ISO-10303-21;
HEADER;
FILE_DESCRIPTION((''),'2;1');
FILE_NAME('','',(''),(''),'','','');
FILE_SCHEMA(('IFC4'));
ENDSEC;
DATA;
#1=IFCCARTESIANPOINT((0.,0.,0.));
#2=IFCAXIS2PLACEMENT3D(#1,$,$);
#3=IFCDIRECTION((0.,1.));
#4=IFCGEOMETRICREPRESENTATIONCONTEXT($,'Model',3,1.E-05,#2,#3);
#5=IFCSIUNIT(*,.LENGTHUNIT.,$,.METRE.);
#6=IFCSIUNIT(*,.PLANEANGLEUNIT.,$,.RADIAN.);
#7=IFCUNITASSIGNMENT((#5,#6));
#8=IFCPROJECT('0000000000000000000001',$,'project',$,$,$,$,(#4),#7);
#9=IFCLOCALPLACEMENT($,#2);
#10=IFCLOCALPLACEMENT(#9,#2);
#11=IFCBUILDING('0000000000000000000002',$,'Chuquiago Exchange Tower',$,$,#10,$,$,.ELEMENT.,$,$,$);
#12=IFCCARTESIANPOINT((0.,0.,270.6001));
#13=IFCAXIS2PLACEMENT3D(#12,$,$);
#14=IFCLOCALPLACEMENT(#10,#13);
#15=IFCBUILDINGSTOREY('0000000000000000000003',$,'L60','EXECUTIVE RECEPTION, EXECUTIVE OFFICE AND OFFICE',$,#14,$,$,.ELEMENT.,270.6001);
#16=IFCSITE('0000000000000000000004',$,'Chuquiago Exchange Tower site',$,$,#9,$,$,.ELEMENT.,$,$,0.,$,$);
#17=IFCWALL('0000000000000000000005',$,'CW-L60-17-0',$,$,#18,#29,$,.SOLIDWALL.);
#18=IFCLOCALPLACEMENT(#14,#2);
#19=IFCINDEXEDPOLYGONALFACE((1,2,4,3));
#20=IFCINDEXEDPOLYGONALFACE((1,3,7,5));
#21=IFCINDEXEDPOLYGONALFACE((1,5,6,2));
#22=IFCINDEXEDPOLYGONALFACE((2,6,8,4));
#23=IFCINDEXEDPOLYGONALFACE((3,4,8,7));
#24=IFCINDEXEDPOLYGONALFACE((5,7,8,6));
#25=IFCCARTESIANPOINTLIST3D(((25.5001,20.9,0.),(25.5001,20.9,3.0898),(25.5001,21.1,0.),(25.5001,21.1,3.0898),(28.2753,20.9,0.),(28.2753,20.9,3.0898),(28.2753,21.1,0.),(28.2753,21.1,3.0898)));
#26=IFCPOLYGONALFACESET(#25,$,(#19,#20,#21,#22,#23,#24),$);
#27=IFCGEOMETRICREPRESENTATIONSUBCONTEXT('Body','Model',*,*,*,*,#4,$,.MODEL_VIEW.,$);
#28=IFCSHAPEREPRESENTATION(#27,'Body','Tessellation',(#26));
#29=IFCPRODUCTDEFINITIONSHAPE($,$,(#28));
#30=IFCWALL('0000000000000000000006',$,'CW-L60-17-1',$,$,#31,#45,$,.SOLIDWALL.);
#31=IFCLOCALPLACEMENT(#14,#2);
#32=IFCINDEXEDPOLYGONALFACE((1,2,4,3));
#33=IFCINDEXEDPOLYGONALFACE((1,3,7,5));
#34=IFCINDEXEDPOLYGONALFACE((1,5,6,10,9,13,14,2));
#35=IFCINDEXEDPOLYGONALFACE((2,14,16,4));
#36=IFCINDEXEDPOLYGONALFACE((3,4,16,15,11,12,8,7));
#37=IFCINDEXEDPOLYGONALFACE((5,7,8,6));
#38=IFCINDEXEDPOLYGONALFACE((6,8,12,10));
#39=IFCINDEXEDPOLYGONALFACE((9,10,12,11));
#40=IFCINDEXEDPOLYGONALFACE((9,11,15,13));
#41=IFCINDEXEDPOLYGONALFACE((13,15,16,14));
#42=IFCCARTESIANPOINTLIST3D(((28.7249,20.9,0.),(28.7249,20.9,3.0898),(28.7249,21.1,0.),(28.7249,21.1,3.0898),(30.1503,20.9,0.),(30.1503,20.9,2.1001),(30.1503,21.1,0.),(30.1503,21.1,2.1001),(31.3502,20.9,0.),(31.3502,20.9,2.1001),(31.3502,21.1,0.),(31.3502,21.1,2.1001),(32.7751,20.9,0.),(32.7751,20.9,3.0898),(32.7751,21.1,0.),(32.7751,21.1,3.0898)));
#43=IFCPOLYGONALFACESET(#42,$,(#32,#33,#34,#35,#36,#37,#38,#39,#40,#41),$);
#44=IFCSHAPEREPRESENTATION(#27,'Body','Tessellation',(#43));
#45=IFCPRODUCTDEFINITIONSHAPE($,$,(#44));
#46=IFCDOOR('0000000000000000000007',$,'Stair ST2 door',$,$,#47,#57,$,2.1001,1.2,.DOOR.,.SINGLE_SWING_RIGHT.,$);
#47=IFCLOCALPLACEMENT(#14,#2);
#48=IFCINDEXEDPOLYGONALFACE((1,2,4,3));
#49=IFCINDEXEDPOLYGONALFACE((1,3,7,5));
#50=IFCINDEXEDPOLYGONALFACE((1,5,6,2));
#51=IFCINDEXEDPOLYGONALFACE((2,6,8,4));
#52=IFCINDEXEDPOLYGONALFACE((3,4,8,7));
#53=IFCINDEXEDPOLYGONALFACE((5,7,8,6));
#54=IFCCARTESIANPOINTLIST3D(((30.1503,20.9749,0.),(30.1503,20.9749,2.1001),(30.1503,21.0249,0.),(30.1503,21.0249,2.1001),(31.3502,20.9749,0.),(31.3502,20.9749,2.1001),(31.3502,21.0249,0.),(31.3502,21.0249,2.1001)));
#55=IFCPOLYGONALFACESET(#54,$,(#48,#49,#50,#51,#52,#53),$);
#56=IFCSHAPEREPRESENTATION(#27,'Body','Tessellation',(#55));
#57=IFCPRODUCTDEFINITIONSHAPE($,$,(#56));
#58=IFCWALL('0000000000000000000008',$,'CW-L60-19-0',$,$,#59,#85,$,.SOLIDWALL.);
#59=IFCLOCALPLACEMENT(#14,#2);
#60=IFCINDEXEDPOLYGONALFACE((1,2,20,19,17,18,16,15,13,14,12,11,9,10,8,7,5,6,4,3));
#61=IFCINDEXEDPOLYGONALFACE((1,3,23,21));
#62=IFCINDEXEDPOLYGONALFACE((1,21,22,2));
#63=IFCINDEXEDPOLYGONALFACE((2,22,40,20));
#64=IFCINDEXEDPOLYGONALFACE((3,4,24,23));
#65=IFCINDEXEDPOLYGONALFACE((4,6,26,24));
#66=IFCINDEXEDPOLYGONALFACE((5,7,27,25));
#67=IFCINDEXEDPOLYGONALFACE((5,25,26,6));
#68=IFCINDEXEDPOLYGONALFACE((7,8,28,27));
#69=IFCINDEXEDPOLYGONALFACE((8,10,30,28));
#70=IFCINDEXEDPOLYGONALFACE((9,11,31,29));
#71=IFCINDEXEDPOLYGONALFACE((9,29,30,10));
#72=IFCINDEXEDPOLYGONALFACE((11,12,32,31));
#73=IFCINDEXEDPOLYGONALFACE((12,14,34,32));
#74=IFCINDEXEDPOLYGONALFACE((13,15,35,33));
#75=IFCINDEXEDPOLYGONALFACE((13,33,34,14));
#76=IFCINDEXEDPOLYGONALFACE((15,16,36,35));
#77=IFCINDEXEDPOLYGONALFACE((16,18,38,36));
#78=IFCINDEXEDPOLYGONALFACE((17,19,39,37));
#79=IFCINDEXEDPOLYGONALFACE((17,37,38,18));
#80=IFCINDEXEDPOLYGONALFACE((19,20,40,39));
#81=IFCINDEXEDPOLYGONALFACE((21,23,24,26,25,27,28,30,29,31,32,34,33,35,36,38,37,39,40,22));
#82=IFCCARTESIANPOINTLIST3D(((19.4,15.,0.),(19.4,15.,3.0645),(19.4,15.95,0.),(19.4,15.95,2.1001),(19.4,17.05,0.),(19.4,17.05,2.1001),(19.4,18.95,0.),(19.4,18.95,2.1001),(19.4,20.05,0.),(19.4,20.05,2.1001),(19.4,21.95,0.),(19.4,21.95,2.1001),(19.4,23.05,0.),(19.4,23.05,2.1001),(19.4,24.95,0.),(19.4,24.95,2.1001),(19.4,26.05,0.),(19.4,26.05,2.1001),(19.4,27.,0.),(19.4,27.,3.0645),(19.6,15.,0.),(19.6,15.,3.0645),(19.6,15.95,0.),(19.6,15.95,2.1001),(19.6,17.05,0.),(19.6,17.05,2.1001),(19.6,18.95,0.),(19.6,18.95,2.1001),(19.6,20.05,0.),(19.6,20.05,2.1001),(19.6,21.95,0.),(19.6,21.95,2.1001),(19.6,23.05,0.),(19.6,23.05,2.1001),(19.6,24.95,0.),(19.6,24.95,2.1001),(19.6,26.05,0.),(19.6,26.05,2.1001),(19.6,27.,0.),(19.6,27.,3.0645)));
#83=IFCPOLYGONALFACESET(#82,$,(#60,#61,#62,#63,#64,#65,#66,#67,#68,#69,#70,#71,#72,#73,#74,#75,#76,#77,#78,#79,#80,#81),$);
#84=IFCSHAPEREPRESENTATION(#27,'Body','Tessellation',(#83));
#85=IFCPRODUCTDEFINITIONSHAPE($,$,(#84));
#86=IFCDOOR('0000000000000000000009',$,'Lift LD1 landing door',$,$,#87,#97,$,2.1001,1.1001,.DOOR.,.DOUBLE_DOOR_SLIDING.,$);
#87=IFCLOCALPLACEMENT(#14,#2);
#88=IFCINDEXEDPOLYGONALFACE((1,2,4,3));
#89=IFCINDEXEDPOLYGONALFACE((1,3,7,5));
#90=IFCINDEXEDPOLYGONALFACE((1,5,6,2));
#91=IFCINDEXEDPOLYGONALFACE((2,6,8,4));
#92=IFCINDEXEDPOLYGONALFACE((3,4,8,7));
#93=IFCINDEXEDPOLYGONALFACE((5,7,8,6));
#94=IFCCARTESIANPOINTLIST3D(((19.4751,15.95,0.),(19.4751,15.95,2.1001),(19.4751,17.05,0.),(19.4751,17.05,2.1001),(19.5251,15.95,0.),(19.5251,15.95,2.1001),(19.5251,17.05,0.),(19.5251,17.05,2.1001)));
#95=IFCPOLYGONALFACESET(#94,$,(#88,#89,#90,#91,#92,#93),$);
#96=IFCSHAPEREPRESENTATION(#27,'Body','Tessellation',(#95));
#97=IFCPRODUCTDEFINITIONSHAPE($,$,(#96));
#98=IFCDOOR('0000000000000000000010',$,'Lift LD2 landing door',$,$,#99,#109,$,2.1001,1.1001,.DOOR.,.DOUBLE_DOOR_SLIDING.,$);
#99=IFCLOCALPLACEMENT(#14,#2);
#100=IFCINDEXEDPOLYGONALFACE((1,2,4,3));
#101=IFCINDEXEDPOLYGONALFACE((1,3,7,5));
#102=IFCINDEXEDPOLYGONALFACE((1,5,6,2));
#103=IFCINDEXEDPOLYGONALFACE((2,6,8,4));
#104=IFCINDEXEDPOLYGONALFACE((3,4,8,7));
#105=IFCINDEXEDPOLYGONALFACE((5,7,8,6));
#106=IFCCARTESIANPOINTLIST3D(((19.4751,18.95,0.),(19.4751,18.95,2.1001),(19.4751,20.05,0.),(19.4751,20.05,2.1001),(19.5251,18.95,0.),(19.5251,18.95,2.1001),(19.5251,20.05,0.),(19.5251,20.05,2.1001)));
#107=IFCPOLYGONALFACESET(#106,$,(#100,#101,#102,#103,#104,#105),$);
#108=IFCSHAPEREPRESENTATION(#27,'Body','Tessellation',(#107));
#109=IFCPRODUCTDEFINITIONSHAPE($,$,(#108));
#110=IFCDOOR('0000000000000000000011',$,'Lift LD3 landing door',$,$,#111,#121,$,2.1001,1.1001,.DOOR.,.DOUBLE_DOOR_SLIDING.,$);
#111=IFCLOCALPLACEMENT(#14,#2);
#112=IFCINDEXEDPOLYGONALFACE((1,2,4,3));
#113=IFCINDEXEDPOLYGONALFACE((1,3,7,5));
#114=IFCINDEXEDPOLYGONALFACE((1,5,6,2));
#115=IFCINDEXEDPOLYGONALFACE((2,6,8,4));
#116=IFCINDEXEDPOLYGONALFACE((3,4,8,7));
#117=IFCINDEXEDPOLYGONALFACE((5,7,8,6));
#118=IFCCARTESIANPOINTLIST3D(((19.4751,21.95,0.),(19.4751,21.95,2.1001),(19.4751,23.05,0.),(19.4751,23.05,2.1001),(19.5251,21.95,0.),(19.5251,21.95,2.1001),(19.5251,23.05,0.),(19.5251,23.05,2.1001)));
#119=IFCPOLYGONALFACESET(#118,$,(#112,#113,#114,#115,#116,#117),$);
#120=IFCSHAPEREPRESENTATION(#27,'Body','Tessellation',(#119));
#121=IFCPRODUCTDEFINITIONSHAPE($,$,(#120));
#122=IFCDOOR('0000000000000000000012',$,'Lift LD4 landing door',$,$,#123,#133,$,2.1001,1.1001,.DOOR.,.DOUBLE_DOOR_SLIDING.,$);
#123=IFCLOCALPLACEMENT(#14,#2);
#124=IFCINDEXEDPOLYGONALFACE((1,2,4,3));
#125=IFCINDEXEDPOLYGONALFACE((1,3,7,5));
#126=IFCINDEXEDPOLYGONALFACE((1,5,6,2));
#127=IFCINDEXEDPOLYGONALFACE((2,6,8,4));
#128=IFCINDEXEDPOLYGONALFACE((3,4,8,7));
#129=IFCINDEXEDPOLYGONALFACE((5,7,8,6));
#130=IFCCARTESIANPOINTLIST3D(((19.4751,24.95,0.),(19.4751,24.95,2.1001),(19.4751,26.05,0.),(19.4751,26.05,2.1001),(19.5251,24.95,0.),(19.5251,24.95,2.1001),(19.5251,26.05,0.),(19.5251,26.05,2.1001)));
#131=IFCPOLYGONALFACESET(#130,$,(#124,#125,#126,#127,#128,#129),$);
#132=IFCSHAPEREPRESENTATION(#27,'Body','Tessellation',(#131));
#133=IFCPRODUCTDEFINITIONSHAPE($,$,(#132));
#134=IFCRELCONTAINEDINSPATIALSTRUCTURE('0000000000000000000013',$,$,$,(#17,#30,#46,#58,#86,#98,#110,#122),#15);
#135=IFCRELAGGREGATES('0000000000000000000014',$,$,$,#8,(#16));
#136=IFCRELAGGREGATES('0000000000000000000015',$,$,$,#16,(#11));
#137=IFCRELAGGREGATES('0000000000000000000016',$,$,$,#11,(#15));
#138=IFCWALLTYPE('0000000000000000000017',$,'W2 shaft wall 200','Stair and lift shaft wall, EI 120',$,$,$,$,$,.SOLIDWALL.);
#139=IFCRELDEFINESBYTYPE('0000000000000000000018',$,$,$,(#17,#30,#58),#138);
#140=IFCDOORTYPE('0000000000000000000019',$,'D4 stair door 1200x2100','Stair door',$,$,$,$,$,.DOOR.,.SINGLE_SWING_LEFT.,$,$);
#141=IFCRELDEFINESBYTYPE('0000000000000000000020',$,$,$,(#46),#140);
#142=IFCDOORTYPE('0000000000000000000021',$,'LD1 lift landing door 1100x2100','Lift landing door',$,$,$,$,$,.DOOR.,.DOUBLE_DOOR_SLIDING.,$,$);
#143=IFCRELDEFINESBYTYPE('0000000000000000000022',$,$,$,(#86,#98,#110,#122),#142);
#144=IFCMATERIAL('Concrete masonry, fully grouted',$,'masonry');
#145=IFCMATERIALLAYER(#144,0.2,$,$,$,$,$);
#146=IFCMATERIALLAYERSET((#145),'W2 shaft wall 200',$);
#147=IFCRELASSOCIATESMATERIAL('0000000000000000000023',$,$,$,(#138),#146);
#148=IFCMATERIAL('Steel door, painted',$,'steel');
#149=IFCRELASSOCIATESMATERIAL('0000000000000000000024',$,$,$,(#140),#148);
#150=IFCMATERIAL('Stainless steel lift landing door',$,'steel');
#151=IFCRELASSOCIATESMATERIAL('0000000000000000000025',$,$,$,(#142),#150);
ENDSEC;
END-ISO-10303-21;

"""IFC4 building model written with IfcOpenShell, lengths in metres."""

from ifc_helpers import new_model, si_unit, direction, frame, frame_2d, origin, place, context, subcontext, project, spatial, rectangle, extrude, material, layer, layer_set, type_object, element, fill, save


model = new_model("IFC4")

# Units and contexts
model_context = context("Model", 3, precision=1e-05, world=origin(), true_north=direction((0.0, 1.0)))
body_context = subcontext(model_context, "Body", "Model", "MODEL_VIEW")
ifc_project = project(units=[si_unit("LENGTHUNIT", "METRE"), si_unit("PLANEANGLEUNIT", "RADIAN")], contexts=[model_context])

# Site, building, storey
site_placement = place(None, origin())
site = spatial("IfcSite", under=ifc_project, at=site_placement, Name="Chuquiago Exchange Tower site", CompositionType="ELEMENT", RefElevation=0.0)
building_placement = place(site_placement, origin())
building = spatial("IfcBuilding", under=site, at=building_placement, Name="Chuquiago Exchange Tower", CompositionType="ELEMENT")
storey_placement = place(building_placement, frame((0.0, 0.0, 270.6001)))
storey = spatial("IfcBuildingStorey", under=building, at=storey_placement, Name="L60", Description="EXECUTIVE RECEPTION, EXECUTIVE OFFICE AND OFFICE", CompositionType="ELEMENT", Elevation=270.6001)

# Shared definitions
ifc_material_1 = material(Name="Concrete masonry, fully grouted", Category="masonry")
ifc_layer_1 = layer(ifc_material_1, 0.2)
ifc_layer_set_1 = layer_set([ifc_layer_1], Name="W2 shaft wall 200")
wall_type_1 = type_object("IfcWallType", Name="W2 shaft wall 200", Description="Stair and lift shaft wall, EI 120", PredefinedType="SOLIDWALL", material=ifc_layer_set_1)

# Wall
wall_1_placement = place(storey_placement, frame((25.5, 21.0, 0.0), z_axis=(0.0, 0.0, 1.0), x_axis=(1.0, 0.0, 0.0)))
element("IfcWall", 1, at=wall_1_placement, inside=storey, type_object=wall_type_1, Name="CW-L60-17-0", PredefinedType="SOLIDWALL", context=body_context, shape_type="SweptSolid", body=[
    extrude(rectangle(XDim=2.7751, YDim=0.2, at=frame_2d((1.3877, 0.0))), origin(), (0.0, 0.0, 1.0), 3.0898),
])

# Wall, opening, door
wall_2_placement = place(storey_placement, frame((28.7249, 21.0, 0.0), z_axis=(0.0, 0.0, 1.0), x_axis=(1.0, 0.0, 0.0)))
wall_2 = element("IfcWall", 2, at=wall_2_placement, inside=storey, type_object=wall_type_1, Name="CW-L60-17-1", PredefinedType="SOLIDWALL", context=body_context, shape_type="SweptSolid", body=[
    extrude(rectangle(XDim=4.0503, YDim=0.2, at=frame_2d((2.0251, 0.0))), origin(), (0.0, 0.0, 1.0), 3.0898),
])
opening_1_placement = place(wall_2_placement, frame((1.4253, 0.0, 0.0)))
opening_1 = element("IfcOpeningElement", 3, at=opening_1_placement, cuts=wall_2, PredefinedType="OPENING", context=body_context, shape_type="SweptSolid", body=[
    extrude(rectangle(XDim=1.2, YDim=2.1001, at=frame_2d((0.6001, 1.05))), frame((0.0, 0.1099, 0.0), z_axis=(0.0, -1.0, 0.0), x_axis=(1.0, 0.0, 0.0)), (0.0, 0.0, 1.0), 0.22),
])
ifc_material_2 = material(Name="Steel door, painted", Category="steel")
door_type_1 = type_object("IfcDoorType", Name="D4 stair door 1200x2100", Description="Stair door", OperationType="SINGLE_SWING_LEFT", PredefinedType="DOOR", material=ifc_material_2)
door_1_placement = place(opening_1_placement, origin())
door_1 = element("IfcDoor", 4, at=door_1_placement, inside=storey, type_object=door_type_1, Name="Stair ST2 door", OperationType="SINGLE_SWING_RIGHT", OverallHeight=2.1001, OverallWidth=1.2, PredefinedType="DOOR", context=body_context, shape_type="SweptSolid", body=[
    extrude(rectangle(XDim=1.2, YDim=2.1001, at=frame_2d((0.6001, 1.05))), frame((0.0, 0.0249, 0.0), z_axis=(0.0, -1.0, 0.0), x_axis=(1.0, 0.0, 0.0)), (0.0, 0.0, 1.0), 0.05),
])
fill(opening_1, door_1)

# Wall, openings, doors
wall_3_placement = place(storey_placement, frame((19.5, 15.0, 0.0), z_axis=(0.0, 0.0, 1.0), x_axis=(0.0, 1.0, 0.0)))
wall_3 = element("IfcWall", 5, at=wall_3_placement, inside=storey, type_object=wall_type_1, Name="CW-L60-19-0", PredefinedType="SOLIDWALL", context=body_context, shape_type="SweptSolid", body=[
    extrude(rectangle(XDim=12.0, YDim=0.2, at=frame_2d((6.0, 0.0))), origin(), (0.0, 0.0, 1.0), 3.0645),
])
opening_2_placement = place(wall_3_placement, frame((0.95, 0.0, 0.0)))
opening_2 = element("IfcOpeningElement", 6, at=opening_2_placement, cuts=wall_3, PredefinedType="OPENING", context=body_context, shape_type="SweptSolid", body=[
    extrude(rectangle(XDim=1.1001, YDim=2.1001, at=frame_2d((0.55, 1.05))), frame((0.0, 0.1099, 0.0), z_axis=(0.0, -1.0, 0.0), x_axis=(1.0, 0.0, 0.0)), (0.0, 0.0, 1.0), 0.22),
])
opening_3_placement = place(wall_3_placement, frame((3.95, 0.0, 0.0)))
opening_3 = element("IfcOpeningElement", 7, at=opening_3_placement, cuts=wall_3, PredefinedType="OPENING", context=body_context, shape_type="SweptSolid", body=[
    extrude(rectangle(XDim=1.1001, YDim=2.1001, at=frame_2d((0.55, 1.05))), frame((0.0, 0.1099, 0.0), z_axis=(0.0, -1.0, 0.0), x_axis=(1.0, 0.0, 0.0)), (0.0, 0.0, 1.0), 0.22),
])
opening_4_placement = place(wall_3_placement, frame((6.95, 0.0, 0.0)))
opening_4 = element("IfcOpeningElement", 8, at=opening_4_placement, cuts=wall_3, PredefinedType="OPENING", context=body_context, shape_type="SweptSolid", body=[
    extrude(rectangle(XDim=1.1001, YDim=2.1001, at=frame_2d((0.55, 1.05))), frame((0.0, 0.1099, 0.0), z_axis=(0.0, -1.0, 0.0), x_axis=(1.0, 0.0, 0.0)), (0.0, 0.0, 1.0), 0.22),
])
opening_5_placement = place(wall_3_placement, frame((9.95, 0.0, 0.0)))
opening_5 = element("IfcOpeningElement", 9, at=opening_5_placement, cuts=wall_3, PredefinedType="OPENING", context=body_context, shape_type="SweptSolid", body=[
    extrude(rectangle(XDim=1.1001, YDim=2.1001, at=frame_2d((0.55, 1.05))), frame((0.0, 0.1099, 0.0), z_axis=(0.0, -1.0, 0.0), x_axis=(1.0, 0.0, 0.0)), (0.0, 0.0, 1.0), 0.22),
])
ifc_material_3 = material(Name="Stainless steel lift landing door", Category="steel")
door_type_2 = type_object("IfcDoorType", Name="LD1 lift landing door 1100x2100", Description="Lift landing door", OperationType="DOUBLE_DOOR_SLIDING", PredefinedType="DOOR", material=ifc_material_3)
door_2_placement = place(opening_2_placement, origin())
door_2 = element("IfcDoor", 10, at=door_2_placement, inside=storey, type_object=door_type_2, Name="Lift LD1 landing door", OperationType="DOUBLE_DOOR_SLIDING", OverallHeight=2.1001, OverallWidth=1.1001, PredefinedType="DOOR", context=body_context, shape_type="SweptSolid", body=[
    extrude(rectangle(XDim=1.1001, YDim=2.1001, at=frame_2d((0.55, 1.05))), frame((0.0, 0.0249, 0.0), z_axis=(0.0, -1.0, 0.0), x_axis=(1.0, 0.0, 0.0)), (0.0, 0.0, 1.0), 0.05),
])
fill(opening_2, door_2)
door_3_placement = place(opening_3_placement, origin())
door_3 = element("IfcDoor", 11, at=door_3_placement, inside=storey, type_object=door_type_2, Name="Lift LD2 landing door", OperationType="DOUBLE_DOOR_SLIDING", OverallHeight=2.1001, OverallWidth=1.1001, PredefinedType="DOOR", context=body_context, shape_type="SweptSolid", body=[
    extrude(rectangle(XDim=1.1001, YDim=2.1001, at=frame_2d((0.55, 1.05))), frame((0.0, 0.0249, 0.0), z_axis=(0.0, -1.0, 0.0), x_axis=(1.0, 0.0, 0.0)), (0.0, 0.0, 1.0), 0.05),
])
fill(opening_3, door_3)
door_4_placement = place(opening_4_placement, origin())
door_4 = element("IfcDoor", 12, at=door_4_placement, inside=storey, type_object=door_type_2, Name="Lift LD3 landing door", OperationType="DOUBLE_DOOR_SLIDING", OverallHeight=2.1001, OverallWidth=1.1001, PredefinedType="DOOR", context=body_context, shape_type="SweptSolid", body=[
    extrude(rectangle(XDim=1.1001, YDim=2.1001, at=frame_2d((0.55, 1.05))), frame((0.0, 0.0249, 0.0), z_axis=(0.0, -1.0, 0.0), x_axis=(1.0, 0.0, 0.0)), (0.0, 0.0, 1.0), 0.05),
])
fill(opening_4, door_4)
door_5_placement = place(opening_5_placement, origin())
door_5 = element("IfcDoor", 13, at=door_5_placement, inside=storey, type_object=door_type_2, Name="Lift LD4 landing door", OperationType="DOUBLE_DOOR_SLIDING", OverallHeight=2.1001, OverallWidth=1.1001, PredefinedType="DOOR", context=body_context, shape_type="SweptSolid", body=[
    extrude(rectangle(XDim=1.1001, YDim=2.1001, at=frame_2d((0.55, 1.05))), frame((0.0, 0.0249, 0.0), z_axis=(0.0, -1.0, 0.0), x_axis=(1.0, 0.0, 0.0)), (0.0, 0.0, 1.0), 0.05),
])
fill(opening_5, door_5)

save(model, "model.ifc")
